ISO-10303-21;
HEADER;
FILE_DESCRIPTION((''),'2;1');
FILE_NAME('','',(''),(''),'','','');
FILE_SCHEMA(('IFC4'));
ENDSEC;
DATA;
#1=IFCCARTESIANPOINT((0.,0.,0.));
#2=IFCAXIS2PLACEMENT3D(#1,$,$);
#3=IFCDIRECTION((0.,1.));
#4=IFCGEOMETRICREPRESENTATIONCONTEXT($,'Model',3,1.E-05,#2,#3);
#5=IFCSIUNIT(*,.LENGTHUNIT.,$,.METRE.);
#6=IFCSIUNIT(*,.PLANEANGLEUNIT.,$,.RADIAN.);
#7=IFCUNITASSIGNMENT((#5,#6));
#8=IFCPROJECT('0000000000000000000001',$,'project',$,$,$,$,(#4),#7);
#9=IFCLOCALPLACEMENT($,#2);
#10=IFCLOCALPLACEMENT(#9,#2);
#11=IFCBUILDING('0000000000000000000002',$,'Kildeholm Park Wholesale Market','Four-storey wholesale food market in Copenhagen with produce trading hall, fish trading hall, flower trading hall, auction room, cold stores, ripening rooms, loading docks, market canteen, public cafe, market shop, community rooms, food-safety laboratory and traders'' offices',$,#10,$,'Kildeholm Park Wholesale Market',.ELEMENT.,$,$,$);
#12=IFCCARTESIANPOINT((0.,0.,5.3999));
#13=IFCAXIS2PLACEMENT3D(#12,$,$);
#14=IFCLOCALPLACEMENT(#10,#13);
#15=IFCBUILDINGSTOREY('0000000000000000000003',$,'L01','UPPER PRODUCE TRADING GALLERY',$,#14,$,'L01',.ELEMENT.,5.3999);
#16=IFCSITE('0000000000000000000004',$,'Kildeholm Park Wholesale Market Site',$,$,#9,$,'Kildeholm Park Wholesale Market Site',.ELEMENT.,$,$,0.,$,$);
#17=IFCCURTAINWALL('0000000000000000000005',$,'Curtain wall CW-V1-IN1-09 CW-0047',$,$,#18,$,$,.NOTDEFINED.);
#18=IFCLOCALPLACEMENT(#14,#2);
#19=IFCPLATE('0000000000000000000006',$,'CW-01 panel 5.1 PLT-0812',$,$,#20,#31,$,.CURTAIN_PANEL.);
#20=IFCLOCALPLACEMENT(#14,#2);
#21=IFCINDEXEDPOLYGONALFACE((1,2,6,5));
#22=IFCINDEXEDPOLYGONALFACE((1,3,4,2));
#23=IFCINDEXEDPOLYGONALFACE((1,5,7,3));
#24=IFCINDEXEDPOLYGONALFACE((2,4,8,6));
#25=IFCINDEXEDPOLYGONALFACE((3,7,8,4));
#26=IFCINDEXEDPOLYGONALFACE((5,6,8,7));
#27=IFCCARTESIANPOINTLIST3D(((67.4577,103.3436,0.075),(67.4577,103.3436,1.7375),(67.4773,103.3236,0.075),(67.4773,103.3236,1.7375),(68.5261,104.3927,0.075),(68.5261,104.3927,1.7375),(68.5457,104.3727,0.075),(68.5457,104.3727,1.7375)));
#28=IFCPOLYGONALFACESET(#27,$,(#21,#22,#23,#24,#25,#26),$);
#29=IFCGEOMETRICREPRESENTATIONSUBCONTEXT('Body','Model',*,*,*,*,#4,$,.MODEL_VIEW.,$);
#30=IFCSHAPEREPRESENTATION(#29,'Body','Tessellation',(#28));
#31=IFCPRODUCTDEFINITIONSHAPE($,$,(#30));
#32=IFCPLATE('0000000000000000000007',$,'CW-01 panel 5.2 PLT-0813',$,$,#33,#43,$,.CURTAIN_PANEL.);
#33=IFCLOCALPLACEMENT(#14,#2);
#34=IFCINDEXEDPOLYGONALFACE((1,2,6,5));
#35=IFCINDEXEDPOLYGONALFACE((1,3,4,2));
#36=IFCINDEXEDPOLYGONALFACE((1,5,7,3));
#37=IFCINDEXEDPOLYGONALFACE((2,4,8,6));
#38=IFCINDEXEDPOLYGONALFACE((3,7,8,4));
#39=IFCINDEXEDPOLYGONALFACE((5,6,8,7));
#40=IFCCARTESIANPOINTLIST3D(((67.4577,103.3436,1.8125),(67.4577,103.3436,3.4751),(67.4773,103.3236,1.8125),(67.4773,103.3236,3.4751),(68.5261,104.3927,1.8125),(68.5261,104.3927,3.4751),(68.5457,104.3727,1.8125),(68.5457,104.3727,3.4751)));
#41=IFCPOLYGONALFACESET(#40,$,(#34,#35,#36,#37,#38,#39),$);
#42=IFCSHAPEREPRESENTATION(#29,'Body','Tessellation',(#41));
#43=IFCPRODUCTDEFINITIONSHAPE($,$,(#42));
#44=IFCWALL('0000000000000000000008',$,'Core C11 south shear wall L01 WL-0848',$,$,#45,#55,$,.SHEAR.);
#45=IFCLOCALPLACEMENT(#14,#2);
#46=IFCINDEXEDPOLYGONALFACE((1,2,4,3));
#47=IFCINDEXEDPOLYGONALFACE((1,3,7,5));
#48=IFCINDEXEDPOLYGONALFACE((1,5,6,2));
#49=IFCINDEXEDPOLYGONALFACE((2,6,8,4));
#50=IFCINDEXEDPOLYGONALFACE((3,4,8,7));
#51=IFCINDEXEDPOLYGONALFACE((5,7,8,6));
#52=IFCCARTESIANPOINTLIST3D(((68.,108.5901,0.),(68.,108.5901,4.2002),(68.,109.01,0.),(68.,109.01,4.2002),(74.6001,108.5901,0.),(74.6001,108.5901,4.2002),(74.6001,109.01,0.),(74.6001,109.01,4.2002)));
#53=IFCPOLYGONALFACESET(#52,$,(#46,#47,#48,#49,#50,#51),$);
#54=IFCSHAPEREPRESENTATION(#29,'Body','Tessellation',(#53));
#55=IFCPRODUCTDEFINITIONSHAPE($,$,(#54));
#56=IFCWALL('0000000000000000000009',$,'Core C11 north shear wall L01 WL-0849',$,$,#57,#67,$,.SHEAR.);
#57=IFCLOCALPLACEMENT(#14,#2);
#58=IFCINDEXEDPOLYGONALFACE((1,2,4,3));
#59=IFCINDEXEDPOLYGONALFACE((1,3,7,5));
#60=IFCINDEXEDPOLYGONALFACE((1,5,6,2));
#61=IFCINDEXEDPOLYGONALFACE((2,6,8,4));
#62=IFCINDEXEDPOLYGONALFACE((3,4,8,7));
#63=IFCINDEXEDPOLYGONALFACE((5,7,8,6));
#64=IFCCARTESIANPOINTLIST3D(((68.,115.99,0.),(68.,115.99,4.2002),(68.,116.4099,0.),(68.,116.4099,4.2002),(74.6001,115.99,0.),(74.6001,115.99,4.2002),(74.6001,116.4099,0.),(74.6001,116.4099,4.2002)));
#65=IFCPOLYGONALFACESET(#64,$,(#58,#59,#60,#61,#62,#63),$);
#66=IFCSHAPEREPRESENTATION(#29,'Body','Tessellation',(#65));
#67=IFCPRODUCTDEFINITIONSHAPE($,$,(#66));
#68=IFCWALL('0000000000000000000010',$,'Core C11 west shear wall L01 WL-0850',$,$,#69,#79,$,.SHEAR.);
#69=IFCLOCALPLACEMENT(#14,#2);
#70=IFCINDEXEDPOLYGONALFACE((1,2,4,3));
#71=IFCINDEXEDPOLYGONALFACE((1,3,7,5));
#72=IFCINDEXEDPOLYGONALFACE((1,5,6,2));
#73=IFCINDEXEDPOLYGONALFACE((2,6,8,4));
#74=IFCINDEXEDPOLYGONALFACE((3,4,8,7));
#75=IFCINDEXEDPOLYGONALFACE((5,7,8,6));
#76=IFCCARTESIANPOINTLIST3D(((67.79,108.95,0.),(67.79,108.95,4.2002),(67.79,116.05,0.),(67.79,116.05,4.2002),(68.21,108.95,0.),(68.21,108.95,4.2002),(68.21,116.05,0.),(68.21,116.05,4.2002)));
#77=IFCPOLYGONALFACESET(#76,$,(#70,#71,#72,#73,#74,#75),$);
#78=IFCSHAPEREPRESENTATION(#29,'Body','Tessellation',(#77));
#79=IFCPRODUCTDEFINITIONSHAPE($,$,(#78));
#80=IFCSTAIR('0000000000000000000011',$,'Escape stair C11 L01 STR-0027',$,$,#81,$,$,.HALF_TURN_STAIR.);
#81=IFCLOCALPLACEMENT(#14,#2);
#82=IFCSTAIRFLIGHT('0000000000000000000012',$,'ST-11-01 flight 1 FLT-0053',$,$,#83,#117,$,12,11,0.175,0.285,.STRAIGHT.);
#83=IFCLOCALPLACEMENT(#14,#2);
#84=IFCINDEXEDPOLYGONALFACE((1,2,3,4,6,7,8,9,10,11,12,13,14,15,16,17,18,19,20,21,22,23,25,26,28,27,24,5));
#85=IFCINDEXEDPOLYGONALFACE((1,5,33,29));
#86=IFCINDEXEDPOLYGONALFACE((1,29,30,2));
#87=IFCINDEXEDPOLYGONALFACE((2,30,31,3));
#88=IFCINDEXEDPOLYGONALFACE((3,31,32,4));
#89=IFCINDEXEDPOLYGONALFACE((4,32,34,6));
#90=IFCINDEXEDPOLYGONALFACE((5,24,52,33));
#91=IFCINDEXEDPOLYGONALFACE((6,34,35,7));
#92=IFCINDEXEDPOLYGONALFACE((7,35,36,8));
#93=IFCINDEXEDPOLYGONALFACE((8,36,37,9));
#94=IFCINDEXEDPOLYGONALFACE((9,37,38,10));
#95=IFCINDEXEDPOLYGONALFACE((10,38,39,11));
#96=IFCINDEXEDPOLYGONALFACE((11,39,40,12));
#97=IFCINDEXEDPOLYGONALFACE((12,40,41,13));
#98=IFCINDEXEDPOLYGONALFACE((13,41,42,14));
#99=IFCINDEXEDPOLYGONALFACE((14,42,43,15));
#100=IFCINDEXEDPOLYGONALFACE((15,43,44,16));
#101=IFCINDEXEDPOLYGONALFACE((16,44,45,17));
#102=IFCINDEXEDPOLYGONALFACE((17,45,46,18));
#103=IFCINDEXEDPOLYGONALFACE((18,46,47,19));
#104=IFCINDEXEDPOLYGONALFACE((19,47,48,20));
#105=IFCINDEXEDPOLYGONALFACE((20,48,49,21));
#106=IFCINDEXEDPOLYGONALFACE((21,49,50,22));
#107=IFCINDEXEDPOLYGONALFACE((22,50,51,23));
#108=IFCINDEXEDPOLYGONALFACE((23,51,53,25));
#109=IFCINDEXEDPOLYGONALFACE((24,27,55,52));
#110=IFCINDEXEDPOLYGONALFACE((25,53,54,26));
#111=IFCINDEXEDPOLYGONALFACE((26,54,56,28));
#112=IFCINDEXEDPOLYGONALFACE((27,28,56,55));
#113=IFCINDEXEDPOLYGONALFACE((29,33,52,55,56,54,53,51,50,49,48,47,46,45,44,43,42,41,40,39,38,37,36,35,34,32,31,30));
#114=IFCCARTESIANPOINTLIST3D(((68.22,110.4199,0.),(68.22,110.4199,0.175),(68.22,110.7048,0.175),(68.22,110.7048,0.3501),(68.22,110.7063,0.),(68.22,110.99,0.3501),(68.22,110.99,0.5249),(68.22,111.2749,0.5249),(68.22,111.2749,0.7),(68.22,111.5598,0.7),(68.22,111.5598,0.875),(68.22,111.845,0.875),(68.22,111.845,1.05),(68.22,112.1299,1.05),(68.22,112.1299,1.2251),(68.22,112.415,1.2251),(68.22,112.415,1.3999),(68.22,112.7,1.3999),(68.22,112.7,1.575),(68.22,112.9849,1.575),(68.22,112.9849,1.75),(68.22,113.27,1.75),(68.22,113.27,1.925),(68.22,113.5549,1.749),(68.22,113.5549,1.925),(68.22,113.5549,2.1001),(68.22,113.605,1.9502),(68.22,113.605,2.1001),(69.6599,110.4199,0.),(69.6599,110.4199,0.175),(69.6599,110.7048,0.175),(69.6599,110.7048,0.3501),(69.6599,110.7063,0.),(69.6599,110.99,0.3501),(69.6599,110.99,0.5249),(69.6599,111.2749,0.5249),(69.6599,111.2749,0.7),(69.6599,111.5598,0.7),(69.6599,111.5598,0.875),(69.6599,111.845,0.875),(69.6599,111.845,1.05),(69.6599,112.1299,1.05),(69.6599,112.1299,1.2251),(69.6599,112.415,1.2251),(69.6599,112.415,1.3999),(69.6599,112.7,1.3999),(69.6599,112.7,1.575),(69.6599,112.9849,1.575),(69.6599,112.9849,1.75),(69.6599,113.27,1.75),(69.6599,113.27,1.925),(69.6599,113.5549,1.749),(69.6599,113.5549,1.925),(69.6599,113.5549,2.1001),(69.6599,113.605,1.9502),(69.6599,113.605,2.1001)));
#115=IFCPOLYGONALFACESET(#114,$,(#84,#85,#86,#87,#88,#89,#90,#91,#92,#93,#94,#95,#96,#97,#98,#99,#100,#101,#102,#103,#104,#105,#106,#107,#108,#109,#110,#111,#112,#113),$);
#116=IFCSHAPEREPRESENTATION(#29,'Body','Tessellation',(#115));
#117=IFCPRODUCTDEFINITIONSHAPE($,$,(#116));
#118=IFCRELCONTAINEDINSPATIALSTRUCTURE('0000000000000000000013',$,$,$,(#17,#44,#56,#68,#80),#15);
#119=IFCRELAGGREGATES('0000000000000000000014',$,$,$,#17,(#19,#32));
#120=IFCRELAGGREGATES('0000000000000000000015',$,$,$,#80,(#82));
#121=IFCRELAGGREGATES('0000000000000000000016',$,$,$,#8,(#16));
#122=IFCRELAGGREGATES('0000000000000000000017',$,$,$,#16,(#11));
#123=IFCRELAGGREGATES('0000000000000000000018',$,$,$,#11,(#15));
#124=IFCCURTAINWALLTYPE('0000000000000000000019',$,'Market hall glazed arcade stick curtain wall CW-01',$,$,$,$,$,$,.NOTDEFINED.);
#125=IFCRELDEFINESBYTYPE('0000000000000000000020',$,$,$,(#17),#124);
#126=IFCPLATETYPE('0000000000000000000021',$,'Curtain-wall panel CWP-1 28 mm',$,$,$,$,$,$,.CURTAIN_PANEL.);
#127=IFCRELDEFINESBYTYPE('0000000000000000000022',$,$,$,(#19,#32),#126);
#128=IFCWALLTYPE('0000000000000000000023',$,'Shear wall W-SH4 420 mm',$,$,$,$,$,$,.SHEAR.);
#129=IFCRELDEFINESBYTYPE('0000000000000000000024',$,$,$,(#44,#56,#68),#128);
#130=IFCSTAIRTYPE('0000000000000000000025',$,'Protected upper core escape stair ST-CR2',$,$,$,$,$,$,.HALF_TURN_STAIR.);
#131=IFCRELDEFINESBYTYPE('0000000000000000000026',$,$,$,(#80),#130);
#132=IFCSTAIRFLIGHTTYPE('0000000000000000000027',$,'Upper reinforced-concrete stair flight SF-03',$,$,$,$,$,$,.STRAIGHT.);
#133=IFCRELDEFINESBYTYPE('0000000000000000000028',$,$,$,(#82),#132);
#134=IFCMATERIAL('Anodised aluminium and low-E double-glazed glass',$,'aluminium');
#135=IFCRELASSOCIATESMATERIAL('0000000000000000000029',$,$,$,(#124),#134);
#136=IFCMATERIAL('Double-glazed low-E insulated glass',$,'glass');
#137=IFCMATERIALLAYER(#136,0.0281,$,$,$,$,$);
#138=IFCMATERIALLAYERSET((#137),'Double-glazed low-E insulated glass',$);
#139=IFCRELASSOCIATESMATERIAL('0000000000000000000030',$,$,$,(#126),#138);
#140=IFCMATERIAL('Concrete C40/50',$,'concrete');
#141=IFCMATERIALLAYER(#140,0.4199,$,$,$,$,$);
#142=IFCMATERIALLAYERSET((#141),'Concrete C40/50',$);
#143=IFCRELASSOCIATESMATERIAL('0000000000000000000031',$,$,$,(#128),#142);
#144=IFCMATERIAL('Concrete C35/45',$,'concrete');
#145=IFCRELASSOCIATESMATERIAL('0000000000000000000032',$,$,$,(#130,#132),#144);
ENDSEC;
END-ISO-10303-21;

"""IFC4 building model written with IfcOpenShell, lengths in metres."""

from ifc_helpers import new_model, si_unit, direction, frame, frame_2d, origin, origin_2d, place, context, subcontext, project, spatial, polyline, rectangle, outline, extrude, material, layer, layer_set, type_object, element, aggregate, save


model = new_model("IFC4")

# Units and contexts
model_context = context("Model", 3, precision=1e-05, world=origin(), true_north=direction((0.0, 1.0)))
body_context = subcontext(model_context, "Body", "Model", "MODEL_VIEW")
ifc_project = project(units=[si_unit("LENGTHUNIT", "METRE"), si_unit("PLANEANGLEUNIT", "RADIAN")], contexts=[model_context])

# Site, building, storey
site_placement = place(None, origin())
site = spatial("IfcSite", under=ifc_project, at=site_placement, Name="Kildeholm Park Wholesale Market Site", LongName="Kildeholm Park Wholesale Market Site", CompositionType="ELEMENT", RefElevation=0.0)
building_placement = place(site_placement, origin())
building = spatial("IfcBuilding", under=site, at=building_placement, Name="Kildeholm Park Wholesale Market", Description="Four-storey wholesale food market in Copenhagen with produce trading hall, fish trading hall, flower trading hall, auction room, cold stores, ripening rooms, loading docks, market canteen, public cafe, market shop, community rooms, food-safety laboratory and traders' offices", LongName="Kildeholm Park Wholesale Market", CompositionType="ELEMENT")
storey_placement = place(building_placement, frame((0.0, 0.0, 5.3999)))
storey = spatial("IfcBuildingStorey", under=building, at=storey_placement, Name="L01", Description="UPPER PRODUCE TRADING GALLERY", LongName="L01", CompositionType="ELEMENT", Elevation=5.3999)

# Curtain wall
ifc_material_1 = material(Name="Anodised aluminium and low-E double-glazed glass", Category="aluminium")
curtain_wall_type = type_object("IfcCurtainWallType", Name="Market hall glazed arcade stick curtain wall CW-01", PredefinedType="NOTDEFINED", material=ifc_material_1)
curtain_wall_1_placement = place(storey_placement, origin())
curtain_wall_1 = element("IfcCurtainWall", 1, at=curtain_wall_1_placement, inside=storey, type_object=curtain_wall_type, Name="Curtain wall CW-V1-IN1-09 CW-0047", PredefinedType="NOTDEFINED")

# Plates
ifc_material_2 = material(Name="Double-glazed low-E insulated glass", Category="glass")
ifc_layer_1 = layer(ifc_material_2, 0.0281)
ifc_layer_set_1 = layer_set([ifc_layer_1], Name="Double-glazed low-E insulated glass")
plate_type = type_object("IfcPlateType", Name="Curtain-wall panel CWP-1 28 mm", PredefinedType="CURTAIN_PANEL", material=ifc_layer_set_1)
plate_1_placement = place(storey_placement, frame((68.0017, 103.8582, 0.075), z_axis=(0.0, 0.0, 1.0), x_axis=(-0.713538, -0.700617, 0.0)))
plate_1 = element("IfcPlate", 2, at=plate_1_placement, type_object=plate_type, Name="CW-01 panel 5.1 PLT-0812", PredefinedType="CURTAIN_PANEL", context=body_context, shape_type="SweptSolid", body=[
    extrude(rectangle(XDim=1.4973, YDim=0.0281, at=origin_2d()), origin(), (0.0, 0.0, 1.0), 1.6626),
])
plate_2_placement = place(storey_placement, frame((68.0017, 103.8582, 1.8125), z_axis=(0.0, 0.0, 1.0), x_axis=(-0.713538, -0.700617, 0.0)))
plate_2 = element("IfcPlate", 3, at=plate_2_placement, type_object=plate_type, Name="CW-01 panel 5.2 PLT-0813", PredefinedType="CURTAIN_PANEL", context=body_context, shape_type="SweptSolid", body=[
    extrude(rectangle(XDim=1.4973, YDim=0.0281, at=origin_2d()), origin(), (0.0, 0.0, 1.0), 1.6626),
])
aggregate(curtain_wall_1, [plate_1, plate_2])

# Walls
ifc_material_3 = material(Name="Concrete C40/50", Category="concrete")
ifc_layer_2 = layer(ifc_material_3, 0.4199)
ifc_layer_set_2 = layer_set([ifc_layer_2], Name="Concrete C40/50")
wall_type = type_object("IfcWallType", Name="Shear wall W-SH4 420 mm", PredefinedType="SHEAR", material=ifc_layer_set_2)
for number, where, z_axis, x_axis, name in (
    (4, (68.0, 108.8, 0.0), (0.0, 0.0, 1.0), (1.0, 0.0, 0.0), "Core C11 south shear wall L01 WL-0848"),
    (5, (68.0, 116.2, 0.0), (0.0, 0.0, 1.0), (1.0, 0.0, 0.0), "Core C11 north shear wall L01 WL-0849"),
):
    element("IfcWall", number, at=place(storey_placement, frame(where, z_axis=z_axis, x_axis=x_axis)), inside=storey, type_object=wall_type, Name=name, PredefinedType="SHEAR", context=body_context, shape_type="SweptSolid", body=[
        extrude(rectangle(XDim=6.6001, YDim=0.4199, at=frame_2d((3.3, 0.0))), origin(), (0.0, 0.0, 1.0), 4.2002),
    ])
wall_placement = place(storey_placement, frame((68.0, 108.95, 0.0), z_axis=(0.0, 0.0, 1.0), x_axis=(0.0, 1.0, 0.0)))
element("IfcWall", 6, at=wall_placement, inside=storey, type_object=wall_type, Name="Core C11 west shear wall L01 WL-0850", PredefinedType="SHEAR", context=body_context, shape_type="SweptSolid", body=[
    extrude(rectangle(XDim=7.1001, YDim=0.4199, at=frame_2d((3.55, 0.0))), origin(), (0.0, 0.0, 1.0), 4.2002),
])

# Stair, stair flight
ifc_material_4 = material(Name="Concrete C35/45", Category="concrete")
stair_type = type_object("IfcStairType", Name="Protected upper core escape stair ST-CR2", PredefinedType="HALF_TURN_STAIR", material=ifc_material_4)
stair_placement = place(storey_placement, origin())
stair = element("IfcStair", 7, at=stair_placement, inside=storey, type_object=stair_type, Name="Escape stair C11 L01 STR-0027", PredefinedType="HALF_TURN_STAIR")
stair_flight_type = type_object("IfcStairFlightType", Name="Upper reinforced-concrete stair flight SF-03", PredefinedType="STRAIGHT", material=ifc_material_4)
stair_flight_placement = place(storey_placement, frame((68.9399, 110.4199, 0.0), z_axis=(0.0, 0.0, 1.0), x_axis=(0.0, 1.0, 0.0)))
stair_flight = element("IfcStairFlight", 8, at=stair_flight_placement, type_object=stair_flight_type, Name="ST-11-01 flight 1 FLT-0053", NumberOfRisers=12, NumberOfTreads=11, PredefinedType="STRAIGHT", RiserHeight=0.175, TreadLength=0.285, context=body_context, shape_type="SweptSolid", body=[
    extrude(outline(polyline([(0.0, 0.0), (0.0, 0.175), (0.2849, 0.175), (0.2849, 0.3501), (0.5701, 0.3501), (0.5701, 0.5249), (0.855, 0.5249), (0.855, 0.7), (1.1399, 0.7), (1.1399, 0.875), (1.425, 0.875), (1.425, 1.05), (1.71, 1.05), (1.71, 1.2251), (1.9951, 1.2251), (1.9951, 1.3999), (2.28, 1.3999), (2.28, 1.575), (2.5649, 1.575), (2.5649, 1.75), (2.8501, 1.75), (2.8501, 1.925), (3.135, 1.925), (3.135, 2.1001), (3.1851, 2.1001), (3.1851, 1.9502), (3.135, 1.749), (0.2864, 0.0), (0.0, 0.0)])), frame((0.0, 0.72, 0.0), z_axis=(0.0, -1.0, 0.0), x_axis=(1.0, 0.0, 0.0)), (0.0, 0.0, 1.0), 1.4399),
])
aggregate(stair, [stair_flight])

save(model, "model.ifc")
